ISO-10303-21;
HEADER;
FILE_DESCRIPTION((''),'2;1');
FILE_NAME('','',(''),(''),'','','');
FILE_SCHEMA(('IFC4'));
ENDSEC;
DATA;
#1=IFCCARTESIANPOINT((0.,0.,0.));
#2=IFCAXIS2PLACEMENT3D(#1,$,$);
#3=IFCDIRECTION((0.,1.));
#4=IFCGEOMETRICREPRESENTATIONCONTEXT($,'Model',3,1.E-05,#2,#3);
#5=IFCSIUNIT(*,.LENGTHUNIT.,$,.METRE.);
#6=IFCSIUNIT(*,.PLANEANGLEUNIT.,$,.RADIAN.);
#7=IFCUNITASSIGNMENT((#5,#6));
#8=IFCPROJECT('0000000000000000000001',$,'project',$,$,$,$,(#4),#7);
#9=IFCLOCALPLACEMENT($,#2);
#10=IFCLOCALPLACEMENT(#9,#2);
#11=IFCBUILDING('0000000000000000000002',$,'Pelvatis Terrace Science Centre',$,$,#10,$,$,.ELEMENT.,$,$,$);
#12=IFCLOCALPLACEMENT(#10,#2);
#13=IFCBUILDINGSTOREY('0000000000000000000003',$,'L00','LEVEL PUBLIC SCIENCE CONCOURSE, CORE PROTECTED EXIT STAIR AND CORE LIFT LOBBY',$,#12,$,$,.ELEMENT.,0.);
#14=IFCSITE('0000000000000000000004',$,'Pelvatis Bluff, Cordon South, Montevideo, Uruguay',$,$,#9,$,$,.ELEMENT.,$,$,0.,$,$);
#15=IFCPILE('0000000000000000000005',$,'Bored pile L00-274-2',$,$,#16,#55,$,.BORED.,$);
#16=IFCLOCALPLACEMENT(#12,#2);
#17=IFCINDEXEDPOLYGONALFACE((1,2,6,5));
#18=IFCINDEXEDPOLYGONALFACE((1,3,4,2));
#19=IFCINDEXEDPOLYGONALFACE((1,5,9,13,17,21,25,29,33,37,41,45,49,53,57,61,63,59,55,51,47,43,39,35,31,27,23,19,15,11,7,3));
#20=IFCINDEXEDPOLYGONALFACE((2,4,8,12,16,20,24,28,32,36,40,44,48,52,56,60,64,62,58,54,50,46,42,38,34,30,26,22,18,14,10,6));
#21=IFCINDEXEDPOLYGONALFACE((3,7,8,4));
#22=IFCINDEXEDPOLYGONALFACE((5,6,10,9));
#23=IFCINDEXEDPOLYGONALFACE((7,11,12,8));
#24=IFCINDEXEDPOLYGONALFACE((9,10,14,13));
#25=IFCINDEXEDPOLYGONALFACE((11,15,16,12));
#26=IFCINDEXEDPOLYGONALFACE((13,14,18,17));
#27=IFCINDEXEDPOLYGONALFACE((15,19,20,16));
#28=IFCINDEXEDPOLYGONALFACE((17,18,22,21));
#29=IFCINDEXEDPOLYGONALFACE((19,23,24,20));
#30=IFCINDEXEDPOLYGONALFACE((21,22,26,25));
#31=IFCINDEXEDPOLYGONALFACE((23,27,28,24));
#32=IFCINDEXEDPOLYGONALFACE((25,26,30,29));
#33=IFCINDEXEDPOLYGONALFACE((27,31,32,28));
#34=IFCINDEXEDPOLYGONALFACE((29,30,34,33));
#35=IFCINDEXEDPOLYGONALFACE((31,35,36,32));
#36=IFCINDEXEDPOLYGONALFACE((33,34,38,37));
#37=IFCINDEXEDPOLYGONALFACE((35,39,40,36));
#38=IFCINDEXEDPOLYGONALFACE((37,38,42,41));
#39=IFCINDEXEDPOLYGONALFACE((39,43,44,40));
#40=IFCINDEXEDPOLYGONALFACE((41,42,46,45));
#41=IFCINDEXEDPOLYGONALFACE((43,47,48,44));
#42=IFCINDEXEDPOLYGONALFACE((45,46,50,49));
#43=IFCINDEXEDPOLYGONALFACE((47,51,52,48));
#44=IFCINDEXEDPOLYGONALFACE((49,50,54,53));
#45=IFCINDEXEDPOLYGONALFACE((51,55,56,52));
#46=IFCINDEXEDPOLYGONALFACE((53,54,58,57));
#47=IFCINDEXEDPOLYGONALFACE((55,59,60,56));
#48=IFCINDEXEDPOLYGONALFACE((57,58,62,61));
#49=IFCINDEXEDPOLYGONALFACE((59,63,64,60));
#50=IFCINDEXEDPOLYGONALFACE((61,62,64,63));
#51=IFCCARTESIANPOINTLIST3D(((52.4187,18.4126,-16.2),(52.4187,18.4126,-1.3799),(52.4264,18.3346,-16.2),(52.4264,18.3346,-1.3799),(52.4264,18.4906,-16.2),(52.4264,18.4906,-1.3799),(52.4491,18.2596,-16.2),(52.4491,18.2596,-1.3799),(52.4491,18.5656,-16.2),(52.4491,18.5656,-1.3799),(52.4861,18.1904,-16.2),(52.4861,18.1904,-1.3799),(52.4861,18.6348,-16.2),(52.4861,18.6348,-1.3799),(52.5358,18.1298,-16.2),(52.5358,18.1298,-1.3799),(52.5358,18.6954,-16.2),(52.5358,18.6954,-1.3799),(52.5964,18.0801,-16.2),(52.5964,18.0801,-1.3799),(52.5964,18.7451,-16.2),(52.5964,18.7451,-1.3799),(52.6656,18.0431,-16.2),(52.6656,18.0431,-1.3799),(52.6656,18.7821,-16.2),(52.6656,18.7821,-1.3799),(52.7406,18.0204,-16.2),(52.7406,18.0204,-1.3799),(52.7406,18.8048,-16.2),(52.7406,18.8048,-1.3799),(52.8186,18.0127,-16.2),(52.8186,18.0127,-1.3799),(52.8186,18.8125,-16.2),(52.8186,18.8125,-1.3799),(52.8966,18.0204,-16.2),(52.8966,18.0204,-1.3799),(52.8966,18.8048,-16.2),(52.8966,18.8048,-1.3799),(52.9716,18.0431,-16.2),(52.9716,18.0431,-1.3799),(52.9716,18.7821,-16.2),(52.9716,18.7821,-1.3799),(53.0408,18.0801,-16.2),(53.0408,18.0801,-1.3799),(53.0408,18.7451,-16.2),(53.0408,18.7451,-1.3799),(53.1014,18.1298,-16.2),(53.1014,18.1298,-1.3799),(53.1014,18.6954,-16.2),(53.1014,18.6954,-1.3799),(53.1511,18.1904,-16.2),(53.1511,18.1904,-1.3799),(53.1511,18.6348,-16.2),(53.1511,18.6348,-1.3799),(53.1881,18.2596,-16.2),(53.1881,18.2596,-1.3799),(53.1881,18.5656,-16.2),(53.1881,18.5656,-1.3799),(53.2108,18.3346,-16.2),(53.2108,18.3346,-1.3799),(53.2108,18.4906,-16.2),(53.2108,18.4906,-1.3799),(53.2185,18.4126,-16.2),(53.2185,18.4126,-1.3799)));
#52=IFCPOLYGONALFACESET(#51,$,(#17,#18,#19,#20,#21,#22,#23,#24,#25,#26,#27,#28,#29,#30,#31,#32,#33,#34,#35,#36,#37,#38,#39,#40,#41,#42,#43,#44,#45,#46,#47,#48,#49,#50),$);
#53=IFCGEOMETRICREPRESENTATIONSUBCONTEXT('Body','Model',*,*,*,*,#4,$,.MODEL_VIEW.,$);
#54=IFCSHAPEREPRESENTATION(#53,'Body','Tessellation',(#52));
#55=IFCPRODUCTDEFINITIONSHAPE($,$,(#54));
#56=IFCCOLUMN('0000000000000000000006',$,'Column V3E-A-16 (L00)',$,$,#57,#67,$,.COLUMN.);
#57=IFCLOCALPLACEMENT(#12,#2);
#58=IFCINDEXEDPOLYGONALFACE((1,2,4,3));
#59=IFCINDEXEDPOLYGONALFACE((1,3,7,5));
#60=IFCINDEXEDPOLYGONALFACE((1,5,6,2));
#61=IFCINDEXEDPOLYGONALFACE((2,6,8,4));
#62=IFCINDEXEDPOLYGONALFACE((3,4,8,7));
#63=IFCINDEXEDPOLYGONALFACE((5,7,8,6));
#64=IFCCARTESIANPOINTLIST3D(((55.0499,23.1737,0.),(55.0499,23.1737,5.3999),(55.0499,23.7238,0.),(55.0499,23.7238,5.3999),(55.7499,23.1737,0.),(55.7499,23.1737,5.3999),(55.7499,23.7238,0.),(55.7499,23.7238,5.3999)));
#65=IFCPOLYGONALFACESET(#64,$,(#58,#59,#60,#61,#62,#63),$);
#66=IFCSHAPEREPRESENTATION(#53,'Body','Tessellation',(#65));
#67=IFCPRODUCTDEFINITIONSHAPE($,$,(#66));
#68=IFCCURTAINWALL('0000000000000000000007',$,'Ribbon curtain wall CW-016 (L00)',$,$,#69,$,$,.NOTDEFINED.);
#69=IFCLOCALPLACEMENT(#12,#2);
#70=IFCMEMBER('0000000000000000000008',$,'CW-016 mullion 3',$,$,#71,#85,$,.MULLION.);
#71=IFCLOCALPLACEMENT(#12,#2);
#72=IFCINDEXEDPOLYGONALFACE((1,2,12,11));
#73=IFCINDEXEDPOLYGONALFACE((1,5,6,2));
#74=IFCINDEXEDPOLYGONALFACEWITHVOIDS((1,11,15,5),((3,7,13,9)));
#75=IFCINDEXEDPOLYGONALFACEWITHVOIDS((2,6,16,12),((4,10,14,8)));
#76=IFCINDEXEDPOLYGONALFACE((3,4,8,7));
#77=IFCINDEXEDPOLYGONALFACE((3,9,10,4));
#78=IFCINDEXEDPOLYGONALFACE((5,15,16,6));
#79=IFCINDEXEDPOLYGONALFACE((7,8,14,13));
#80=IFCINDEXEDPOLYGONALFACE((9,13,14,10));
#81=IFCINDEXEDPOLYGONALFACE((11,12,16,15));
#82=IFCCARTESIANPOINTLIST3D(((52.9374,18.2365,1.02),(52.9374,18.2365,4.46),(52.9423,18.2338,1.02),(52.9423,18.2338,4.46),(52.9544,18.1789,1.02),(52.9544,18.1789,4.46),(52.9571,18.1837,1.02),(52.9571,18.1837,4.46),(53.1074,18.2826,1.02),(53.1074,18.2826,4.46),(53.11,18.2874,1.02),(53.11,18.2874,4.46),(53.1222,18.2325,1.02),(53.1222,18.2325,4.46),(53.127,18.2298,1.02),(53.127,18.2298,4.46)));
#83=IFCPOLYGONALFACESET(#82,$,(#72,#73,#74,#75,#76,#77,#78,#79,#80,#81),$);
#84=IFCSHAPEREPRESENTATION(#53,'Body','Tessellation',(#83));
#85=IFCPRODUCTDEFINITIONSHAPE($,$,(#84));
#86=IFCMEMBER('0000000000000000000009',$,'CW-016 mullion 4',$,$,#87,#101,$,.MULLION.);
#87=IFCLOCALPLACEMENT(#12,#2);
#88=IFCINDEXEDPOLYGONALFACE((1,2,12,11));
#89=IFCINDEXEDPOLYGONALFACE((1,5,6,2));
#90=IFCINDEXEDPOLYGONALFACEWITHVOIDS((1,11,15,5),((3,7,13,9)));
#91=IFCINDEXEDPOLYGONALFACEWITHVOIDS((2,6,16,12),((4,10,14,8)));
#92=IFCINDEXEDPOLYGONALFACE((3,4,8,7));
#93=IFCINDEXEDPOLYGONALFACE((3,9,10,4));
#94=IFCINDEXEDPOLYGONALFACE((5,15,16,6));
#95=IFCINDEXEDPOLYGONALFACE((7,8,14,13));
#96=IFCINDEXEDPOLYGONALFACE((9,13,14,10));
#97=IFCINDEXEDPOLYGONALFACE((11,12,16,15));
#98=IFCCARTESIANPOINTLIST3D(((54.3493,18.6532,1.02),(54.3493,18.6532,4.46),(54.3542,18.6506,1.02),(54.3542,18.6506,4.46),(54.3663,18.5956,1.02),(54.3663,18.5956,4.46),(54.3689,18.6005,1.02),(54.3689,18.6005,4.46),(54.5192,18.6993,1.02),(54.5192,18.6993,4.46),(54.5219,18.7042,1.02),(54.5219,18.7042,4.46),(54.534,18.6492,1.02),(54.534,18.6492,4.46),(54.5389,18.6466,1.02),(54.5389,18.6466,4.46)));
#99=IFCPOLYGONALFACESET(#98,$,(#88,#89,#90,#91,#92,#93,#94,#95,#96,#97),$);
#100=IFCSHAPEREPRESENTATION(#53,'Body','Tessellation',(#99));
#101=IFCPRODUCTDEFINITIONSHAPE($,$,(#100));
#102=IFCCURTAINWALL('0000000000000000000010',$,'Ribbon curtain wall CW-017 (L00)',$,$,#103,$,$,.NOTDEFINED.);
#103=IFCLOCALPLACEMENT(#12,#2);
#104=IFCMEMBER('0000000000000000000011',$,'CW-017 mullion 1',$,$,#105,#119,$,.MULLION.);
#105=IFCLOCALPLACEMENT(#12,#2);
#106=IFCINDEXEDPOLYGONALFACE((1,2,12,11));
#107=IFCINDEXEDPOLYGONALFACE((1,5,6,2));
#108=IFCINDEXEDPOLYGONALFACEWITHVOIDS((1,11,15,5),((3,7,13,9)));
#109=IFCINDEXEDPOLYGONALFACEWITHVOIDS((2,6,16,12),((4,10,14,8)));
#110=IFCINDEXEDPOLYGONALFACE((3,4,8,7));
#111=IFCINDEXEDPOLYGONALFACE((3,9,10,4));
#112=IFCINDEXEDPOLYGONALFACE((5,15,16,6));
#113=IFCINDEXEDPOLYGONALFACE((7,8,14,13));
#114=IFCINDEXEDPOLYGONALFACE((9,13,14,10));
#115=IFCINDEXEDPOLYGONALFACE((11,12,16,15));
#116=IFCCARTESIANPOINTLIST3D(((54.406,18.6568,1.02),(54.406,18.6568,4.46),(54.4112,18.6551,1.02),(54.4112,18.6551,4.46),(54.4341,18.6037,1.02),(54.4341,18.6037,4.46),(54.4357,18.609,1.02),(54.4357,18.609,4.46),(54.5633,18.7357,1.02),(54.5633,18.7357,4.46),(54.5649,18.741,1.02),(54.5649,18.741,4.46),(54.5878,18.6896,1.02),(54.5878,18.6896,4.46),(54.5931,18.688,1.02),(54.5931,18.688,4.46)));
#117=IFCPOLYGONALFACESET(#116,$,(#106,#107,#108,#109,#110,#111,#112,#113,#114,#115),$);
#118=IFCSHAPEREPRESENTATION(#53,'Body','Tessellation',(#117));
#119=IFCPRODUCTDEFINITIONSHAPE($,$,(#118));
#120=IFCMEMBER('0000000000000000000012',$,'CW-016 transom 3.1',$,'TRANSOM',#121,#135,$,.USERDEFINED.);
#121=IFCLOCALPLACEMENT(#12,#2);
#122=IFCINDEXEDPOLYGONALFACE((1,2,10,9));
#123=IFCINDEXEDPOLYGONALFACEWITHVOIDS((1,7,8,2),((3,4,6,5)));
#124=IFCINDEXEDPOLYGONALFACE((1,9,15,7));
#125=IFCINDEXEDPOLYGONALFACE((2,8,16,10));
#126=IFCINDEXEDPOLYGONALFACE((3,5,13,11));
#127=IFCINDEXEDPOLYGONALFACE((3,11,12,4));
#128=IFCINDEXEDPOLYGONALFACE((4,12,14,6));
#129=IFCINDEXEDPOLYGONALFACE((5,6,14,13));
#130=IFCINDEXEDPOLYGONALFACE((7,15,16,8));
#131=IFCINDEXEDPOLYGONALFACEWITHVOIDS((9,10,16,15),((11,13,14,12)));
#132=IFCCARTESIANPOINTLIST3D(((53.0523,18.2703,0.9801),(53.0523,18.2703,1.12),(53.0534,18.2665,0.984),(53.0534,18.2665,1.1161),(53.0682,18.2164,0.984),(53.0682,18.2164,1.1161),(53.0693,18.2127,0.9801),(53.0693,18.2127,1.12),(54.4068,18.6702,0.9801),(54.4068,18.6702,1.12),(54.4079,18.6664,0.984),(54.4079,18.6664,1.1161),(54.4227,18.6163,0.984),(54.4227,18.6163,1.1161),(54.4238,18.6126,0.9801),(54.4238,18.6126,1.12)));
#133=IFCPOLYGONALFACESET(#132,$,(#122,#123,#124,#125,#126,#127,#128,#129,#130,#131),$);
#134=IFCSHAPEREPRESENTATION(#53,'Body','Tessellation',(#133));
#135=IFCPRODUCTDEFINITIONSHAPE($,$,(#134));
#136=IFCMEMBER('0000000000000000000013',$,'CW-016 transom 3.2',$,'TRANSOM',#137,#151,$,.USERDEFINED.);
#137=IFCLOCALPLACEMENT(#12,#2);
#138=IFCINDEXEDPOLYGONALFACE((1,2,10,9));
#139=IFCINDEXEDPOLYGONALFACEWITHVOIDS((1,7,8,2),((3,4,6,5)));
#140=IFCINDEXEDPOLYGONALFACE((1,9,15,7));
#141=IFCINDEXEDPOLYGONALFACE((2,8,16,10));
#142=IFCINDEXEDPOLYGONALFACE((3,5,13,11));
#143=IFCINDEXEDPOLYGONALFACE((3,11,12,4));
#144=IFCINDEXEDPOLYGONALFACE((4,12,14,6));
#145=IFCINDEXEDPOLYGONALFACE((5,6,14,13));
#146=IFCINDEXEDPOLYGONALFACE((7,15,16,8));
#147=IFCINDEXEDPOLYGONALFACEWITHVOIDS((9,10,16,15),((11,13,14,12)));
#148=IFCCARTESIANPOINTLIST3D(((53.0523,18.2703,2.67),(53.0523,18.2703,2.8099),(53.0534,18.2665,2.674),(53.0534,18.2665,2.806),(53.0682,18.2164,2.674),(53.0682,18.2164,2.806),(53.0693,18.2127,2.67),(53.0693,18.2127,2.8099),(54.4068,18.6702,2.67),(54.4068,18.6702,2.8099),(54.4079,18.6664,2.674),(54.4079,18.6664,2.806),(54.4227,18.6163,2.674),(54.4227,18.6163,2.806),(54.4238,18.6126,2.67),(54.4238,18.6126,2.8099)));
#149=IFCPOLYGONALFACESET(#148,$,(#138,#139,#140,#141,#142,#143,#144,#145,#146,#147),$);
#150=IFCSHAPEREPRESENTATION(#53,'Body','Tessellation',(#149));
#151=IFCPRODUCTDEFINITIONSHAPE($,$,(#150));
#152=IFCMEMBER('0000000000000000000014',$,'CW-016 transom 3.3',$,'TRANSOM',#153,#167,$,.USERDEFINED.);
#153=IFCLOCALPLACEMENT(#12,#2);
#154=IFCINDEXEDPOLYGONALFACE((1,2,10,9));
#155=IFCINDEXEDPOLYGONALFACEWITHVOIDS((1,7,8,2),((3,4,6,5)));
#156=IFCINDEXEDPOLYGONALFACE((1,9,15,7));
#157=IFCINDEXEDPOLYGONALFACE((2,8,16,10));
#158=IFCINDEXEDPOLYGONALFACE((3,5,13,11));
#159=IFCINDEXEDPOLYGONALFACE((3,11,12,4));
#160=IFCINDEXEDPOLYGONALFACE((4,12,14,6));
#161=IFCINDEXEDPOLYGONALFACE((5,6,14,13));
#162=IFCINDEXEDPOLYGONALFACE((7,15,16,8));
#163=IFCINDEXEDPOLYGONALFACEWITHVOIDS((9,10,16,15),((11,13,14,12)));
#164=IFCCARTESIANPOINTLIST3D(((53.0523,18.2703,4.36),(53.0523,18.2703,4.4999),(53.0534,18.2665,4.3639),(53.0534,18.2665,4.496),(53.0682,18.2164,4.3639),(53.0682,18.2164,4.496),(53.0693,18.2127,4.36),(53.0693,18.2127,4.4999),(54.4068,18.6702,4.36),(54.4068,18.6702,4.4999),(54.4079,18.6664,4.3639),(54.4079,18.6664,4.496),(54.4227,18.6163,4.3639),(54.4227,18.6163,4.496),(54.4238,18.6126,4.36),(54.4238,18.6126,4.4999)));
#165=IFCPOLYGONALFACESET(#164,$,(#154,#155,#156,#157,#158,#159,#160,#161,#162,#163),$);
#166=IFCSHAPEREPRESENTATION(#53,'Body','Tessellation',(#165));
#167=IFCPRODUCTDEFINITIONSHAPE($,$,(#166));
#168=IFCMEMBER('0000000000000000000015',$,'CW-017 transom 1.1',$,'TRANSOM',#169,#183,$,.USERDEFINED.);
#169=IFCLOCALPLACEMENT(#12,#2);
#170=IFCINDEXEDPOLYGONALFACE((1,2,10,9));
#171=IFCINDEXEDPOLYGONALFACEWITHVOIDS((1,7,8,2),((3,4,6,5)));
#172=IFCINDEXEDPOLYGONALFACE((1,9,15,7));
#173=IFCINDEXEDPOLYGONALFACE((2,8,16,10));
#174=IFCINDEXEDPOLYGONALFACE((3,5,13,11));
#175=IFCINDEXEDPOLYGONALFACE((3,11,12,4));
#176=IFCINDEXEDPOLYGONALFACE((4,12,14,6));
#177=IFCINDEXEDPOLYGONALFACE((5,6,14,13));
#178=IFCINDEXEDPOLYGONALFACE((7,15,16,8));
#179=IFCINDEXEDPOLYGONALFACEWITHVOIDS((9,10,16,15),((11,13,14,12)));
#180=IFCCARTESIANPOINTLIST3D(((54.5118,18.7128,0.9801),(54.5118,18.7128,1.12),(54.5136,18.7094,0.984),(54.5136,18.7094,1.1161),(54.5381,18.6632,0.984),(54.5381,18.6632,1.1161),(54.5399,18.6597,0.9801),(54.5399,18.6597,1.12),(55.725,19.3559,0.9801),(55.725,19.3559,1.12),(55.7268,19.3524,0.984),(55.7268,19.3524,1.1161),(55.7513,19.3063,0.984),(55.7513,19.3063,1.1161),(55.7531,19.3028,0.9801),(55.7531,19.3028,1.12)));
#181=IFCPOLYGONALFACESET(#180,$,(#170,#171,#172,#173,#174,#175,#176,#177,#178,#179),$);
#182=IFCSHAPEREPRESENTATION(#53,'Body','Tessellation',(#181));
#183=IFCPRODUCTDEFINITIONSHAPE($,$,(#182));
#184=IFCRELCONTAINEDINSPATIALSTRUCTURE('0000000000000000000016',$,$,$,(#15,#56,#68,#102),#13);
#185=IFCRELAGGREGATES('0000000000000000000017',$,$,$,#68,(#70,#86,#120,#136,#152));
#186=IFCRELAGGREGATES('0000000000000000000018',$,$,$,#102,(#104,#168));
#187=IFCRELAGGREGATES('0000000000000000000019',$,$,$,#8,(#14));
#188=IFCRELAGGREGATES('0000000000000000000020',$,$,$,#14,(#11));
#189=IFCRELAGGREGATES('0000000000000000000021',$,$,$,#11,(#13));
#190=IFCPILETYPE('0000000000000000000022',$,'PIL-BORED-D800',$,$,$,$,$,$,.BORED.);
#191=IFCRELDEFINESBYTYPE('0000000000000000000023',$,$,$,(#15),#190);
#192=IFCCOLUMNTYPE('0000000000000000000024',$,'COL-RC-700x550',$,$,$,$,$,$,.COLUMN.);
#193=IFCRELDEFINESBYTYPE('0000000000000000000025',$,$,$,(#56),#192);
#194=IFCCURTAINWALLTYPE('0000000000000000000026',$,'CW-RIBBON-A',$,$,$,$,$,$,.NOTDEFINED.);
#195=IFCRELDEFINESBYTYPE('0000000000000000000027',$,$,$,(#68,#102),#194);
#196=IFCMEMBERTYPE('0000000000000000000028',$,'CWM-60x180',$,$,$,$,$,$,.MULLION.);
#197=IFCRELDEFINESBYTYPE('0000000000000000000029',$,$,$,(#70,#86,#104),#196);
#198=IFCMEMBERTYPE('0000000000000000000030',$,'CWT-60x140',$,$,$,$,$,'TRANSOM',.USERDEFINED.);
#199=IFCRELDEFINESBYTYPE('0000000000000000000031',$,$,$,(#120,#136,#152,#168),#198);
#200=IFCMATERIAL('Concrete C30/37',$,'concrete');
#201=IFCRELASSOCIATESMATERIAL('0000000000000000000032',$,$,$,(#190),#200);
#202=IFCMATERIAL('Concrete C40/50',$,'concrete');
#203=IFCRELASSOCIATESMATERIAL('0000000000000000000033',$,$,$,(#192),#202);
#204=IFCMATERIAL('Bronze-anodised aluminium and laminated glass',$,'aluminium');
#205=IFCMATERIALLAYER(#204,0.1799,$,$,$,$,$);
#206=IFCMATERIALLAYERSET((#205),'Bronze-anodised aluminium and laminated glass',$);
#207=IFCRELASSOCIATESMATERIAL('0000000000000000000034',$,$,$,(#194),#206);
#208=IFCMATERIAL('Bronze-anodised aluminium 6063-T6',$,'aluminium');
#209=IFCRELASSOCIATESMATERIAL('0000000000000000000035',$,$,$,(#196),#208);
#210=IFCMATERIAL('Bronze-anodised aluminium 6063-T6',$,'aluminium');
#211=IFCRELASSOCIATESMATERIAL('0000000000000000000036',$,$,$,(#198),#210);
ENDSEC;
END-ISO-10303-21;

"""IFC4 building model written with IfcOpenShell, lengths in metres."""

from ifc_helpers import new_model, si_unit, direction, frame, origin, origin_2d, place, context, subcontext, project, spatial, rectangle, hollow_rectangle, circle, extrude, material, layer, layer_set, material_profile, profile_set, type_object, element, aggregate, save


model = new_model("IFC4")

# Units and contexts
model_context = context("Model", 3, precision=1e-05, world=origin(), true_north=direction((0.0, 1.0)))
body_context = subcontext(model_context, "Body", "Model", "MODEL_VIEW")
ifc_project = project(units=[si_unit("LENGTHUNIT", "METRE"), si_unit("PLANEANGLEUNIT", "RADIAN")], contexts=[model_context])

# Site, building, storey
site_placement = place(None, origin())
site = spatial("IfcSite", under=ifc_project, at=site_placement, Name="Pelvatis Bluff, Cordon South, Montevideo, Uruguay", CompositionType="ELEMENT", RefElevation=0.0)
building_placement = place(site_placement, origin())
building = spatial("IfcBuilding", under=site, at=building_placement, Name="Pelvatis Terrace Science Centre", CompositionType="ELEMENT")
storey_placement = place(building_placement, origin())
storey = spatial("IfcBuildingStorey", under=building, at=storey_placement, Name="L00", Description="LEVEL PUBLIC SCIENCE CONCOURSE, CORE PROTECTED EXIT STAIR AND CORE LIFT LOBBY", CompositionType="ELEMENT", Elevation=0.0)

# Pile
ifc_material_1 = material(Name="Concrete C30/37", Category="concrete")
ifc_material_profile_1 = material_profile(ifc_material_1, circle(Radius=0.3999, at=origin_2d()), Name="PILE D800")
ifc_profile_set_1 = profile_set([ifc_material_profile_1], Name="Concrete C30/37")
pile_type = type_object("IfcPileType", Name="PIL-BORED-D800", PredefinedType="BORED", material=ifc_profile_set_1)
pile_placement = place(storey_placement, frame((52.8186, 18.4126, -1.3799), z_axis=(0.0, 0.0, -1.0), x_axis=(1.0, 0.0, 0.0)))
element("IfcPile", 1, at=pile_placement, inside=storey, type_object=pile_type, Name="Bored pile L00-274-2", PredefinedType="BORED", context=body_context, shape_type="SweptSolid", body=[
    extrude(circle(Radius=0.3999, at=origin_2d()), origin(), (0.0, 0.0, 1.0), 14.8201),
])

# Column
ifc_material_2 = material(Name="Concrete C40/50", Category="concrete")
ifc_material_profile_2 = material_profile(ifc_material_2, rectangle(XDim=0.7, YDim=0.55, at=origin_2d()), Name="RC-COL 700x550")
ifc_profile_set_2 = profile_set([ifc_material_profile_2], Name="Concrete C40/50")
column_type = type_object("IfcColumnType", Name="COL-RC-700x550", PredefinedType="COLUMN", material=ifc_profile_set_2)
column_placement = place(storey_placement, frame((55.3999, 23.4487, 0.0), z_axis=(0.0, 0.0, 1.0), x_axis=(1.0, 0.0, 0.0)))
element("IfcColumn", 2, at=column_placement, inside=storey, type_object=column_type, Name="Column V3E-A-16 (L00)", PredefinedType="COLUMN", context=body_context, shape_type="SweptSolid", body=[
    extrude(rectangle(XDim=0.7, YDim=0.55, at=origin_2d()), origin(), (0.0, 0.0, 1.0), 5.3999),
])

# Curtain wall, members
ifc_material_3 = material(Name="Bronze-anodised aluminium and laminated glass", Category="aluminium")
ifc_layer_1 = layer(ifc_material_3, 0.1799)
ifc_layer_set_1 = layer_set([ifc_layer_1], Name="Bronze-anodised aluminium and laminated glass")
curtain_wall_type = type_object("IfcCurtainWallType", Name="CW-RIBBON-A", PredefinedType="NOTDEFINED", material=ifc_layer_set_1)
curtain_wall_1_placement = place(storey_placement, origin())
curtain_wall_1 = element("IfcCurtainWall", 3, at=curtain_wall_1_placement, inside=storey, type_object=curtain_wall_type, Name="Ribbon curtain wall CW-016 (L00)", PredefinedType="NOTDEFINED")
ifc_material_4 = material(Name="Bronze-anodised aluminium 6063-T6", Category="aluminium")
ifc_material_profile_3 = material_profile(ifc_material_4, hollow_rectangle(XDim=0.0601, YDim=0.1799, WallThickness=0.0039, at=origin_2d()), Name="ALU-MUL 60x180")
ifc_profile_set_3 = profile_set([ifc_material_profile_3], Name="Bronze-anodised aluminium 6063-T6")
member_type_1 = type_object("IfcMemberType", Name="CWM-60x180", PredefinedType="MULLION", material=ifc_profile_set_3)
member_1_placement = place(storey_placement, frame((53.0322, 18.2332, 1.02), z_axis=(0.0, 0.0, 1.0), x_axis=(-0.283092, 0.959093, 0.0)))
member_1 = element("IfcMember", 4, at=member_1_placement, type_object=member_type_1, Name="CW-016 mullion 3", PredefinedType="MULLION", context=body_context, shape_type="SweptSolid", body=[
    extrude(hollow_rectangle(XDim=0.0601, YDim=0.1799, WallThickness=0.0039, at=origin_2d()), origin(), (0.0, 0.0, 1.0), 3.4399),
])
member_2_placement = place(storey_placement, frame((54.4441, 18.6499, 1.02), z_axis=(0.0, 0.0, 1.0), x_axis=(-0.283092, 0.959093, 0.0)))
member_2 = element("IfcMember", 5, at=member_2_placement, type_object=member_type_1, Name="CW-016 mullion 4", PredefinedType="MULLION", context=body_context, shape_type="SweptSolid", body=[
    extrude(hollow_rectangle(XDim=0.0601, YDim=0.1799, WallThickness=0.0039, at=origin_2d()), origin(), (0.0, 0.0, 1.0), 3.4399),
])

# Curtain wall, member
curtain_wall_2_placement = place(storey_placement, origin())
curtain_wall_2 = element("IfcCurtainWall", 6, at=curtain_wall_2_placement, inside=storey, type_object=curtain_wall_type, Name="Ribbon curtain wall CW-017 (L00)", PredefinedType="NOTDEFINED")
member_3_placement = place(storey_placement, frame((54.4995, 18.6724, 1.02), z_axis=(0.0, 0.0, 1.0), x_axis=(-0.468298, 0.883571, 0.0)))
member_3 = element("IfcMember", 7, at=member_3_placement, type_object=member_type_1, Name="CW-017 mullion 1", PredefinedType="MULLION", context=body_context, shape_type="SweptSolid", body=[
    extrude(hollow_rectangle(XDim=0.0601, YDim=0.1799, WallThickness=0.0039, at=origin_2d()), origin(), (0.0, 0.0, 1.0), 3.4399),
])

# Members
ifc_material_5 = material(Name="Bronze-anodised aluminium 6063-T6", Category="aluminium")
ifc_material_profile_4 = material_profile(ifc_material_5, hollow_rectangle(XDim=0.0601, YDim=0.1399, WallThickness=0.0039, at=origin_2d()), Name="ALU-TRN 60x140")
ifc_profile_set_4 = profile_set([ifc_material_profile_4], Name="Bronze-anodised aluminium 6063-T6")
member_type_2 = type_object("IfcMemberType", Name="CWT-60x140", ElementType="TRANSOM", PredefinedType="USERDEFINED", material=ifc_profile_set_4)
member_4_placement = place(storey_placement, frame((53.0608, 18.2415, 1.05), z_axis=(0.959073, 0.283158, 0.0), x_axis=(-0.283158, 0.959073, 0.0)))
member_4 = element("IfcMember", 8, at=member_4_placement, type_object=member_type_2, Name="CW-016 transom 3.1", ObjectType="TRANSOM", PredefinedType="USERDEFINED", context=body_context, shape_type="SweptSolid", body=[
    extrude(hollow_rectangle(XDim=0.0601, YDim=0.1399, WallThickness=0.0039, at=origin_2d()), origin(), (0.0, 0.0, 1.0), 1.4124),
])
member_5_placement = place(storey_placement, frame((53.0608, 18.2415, 2.74), z_axis=(0.959073, 0.283158, 0.0), x_axis=(-0.283158, 0.959073, 0.0)))
member_5 = element("IfcMember", 9, at=member_5_placement, type_object=member_type_2, Name="CW-016 transom 3.2", ObjectType="TRANSOM", PredefinedType="USERDEFINED", context=body_context, shape_type="SweptSolid", body=[
    extrude(hollow_rectangle(XDim=0.0601, YDim=0.1399, WallThickness=0.0039, at=origin_2d()), origin(), (0.0, 0.0, 1.0), 1.4124),
])
member_6_placement = place(storey_placement, frame((53.0608, 18.2415, 4.4299), z_axis=(0.959073, 0.283158, 0.0), x_axis=(-0.283158, 0.959073, 0.0)))
member_6 = element("IfcMember", 10, at=member_6_placement, type_object=member_type_2, Name="CW-016 transom 3.3", ObjectType="TRANSOM", PredefinedType="USERDEFINED", context=body_context, shape_type="SweptSolid", body=[
    extrude(hollow_rectangle(XDim=0.0601, YDim=0.1399, WallThickness=0.0039, at=origin_2d()), origin(), (0.0, 0.0, 1.0), 1.4124),
])
member_7_placement = place(storey_placement, frame((54.5259, 18.6863, 1.05), z_axis=(0.883541, 0.468353, 0.0), x_axis=(-0.468353, 0.883541, 0.0)))
member_7 = element("IfcMember", 11, at=member_7_placement, type_object=member_type_2, Name="CW-017 transom 1.1", ObjectType="TRANSOM", PredefinedType="USERDEFINED", context=body_context, shape_type="SweptSolid", body=[
    extrude(hollow_rectangle(XDim=0.0601, YDim=0.1399, WallThickness=0.0039, at=origin_2d()), origin(), (0.0, 0.0, 1.0), 1.373),
])

aggregate(curtain_wall_1, [member_1, member_2, member_4, member_5, member_6])
aggregate(curtain_wall_2, [member_3, member_7])

save(model, "model.ifc")
